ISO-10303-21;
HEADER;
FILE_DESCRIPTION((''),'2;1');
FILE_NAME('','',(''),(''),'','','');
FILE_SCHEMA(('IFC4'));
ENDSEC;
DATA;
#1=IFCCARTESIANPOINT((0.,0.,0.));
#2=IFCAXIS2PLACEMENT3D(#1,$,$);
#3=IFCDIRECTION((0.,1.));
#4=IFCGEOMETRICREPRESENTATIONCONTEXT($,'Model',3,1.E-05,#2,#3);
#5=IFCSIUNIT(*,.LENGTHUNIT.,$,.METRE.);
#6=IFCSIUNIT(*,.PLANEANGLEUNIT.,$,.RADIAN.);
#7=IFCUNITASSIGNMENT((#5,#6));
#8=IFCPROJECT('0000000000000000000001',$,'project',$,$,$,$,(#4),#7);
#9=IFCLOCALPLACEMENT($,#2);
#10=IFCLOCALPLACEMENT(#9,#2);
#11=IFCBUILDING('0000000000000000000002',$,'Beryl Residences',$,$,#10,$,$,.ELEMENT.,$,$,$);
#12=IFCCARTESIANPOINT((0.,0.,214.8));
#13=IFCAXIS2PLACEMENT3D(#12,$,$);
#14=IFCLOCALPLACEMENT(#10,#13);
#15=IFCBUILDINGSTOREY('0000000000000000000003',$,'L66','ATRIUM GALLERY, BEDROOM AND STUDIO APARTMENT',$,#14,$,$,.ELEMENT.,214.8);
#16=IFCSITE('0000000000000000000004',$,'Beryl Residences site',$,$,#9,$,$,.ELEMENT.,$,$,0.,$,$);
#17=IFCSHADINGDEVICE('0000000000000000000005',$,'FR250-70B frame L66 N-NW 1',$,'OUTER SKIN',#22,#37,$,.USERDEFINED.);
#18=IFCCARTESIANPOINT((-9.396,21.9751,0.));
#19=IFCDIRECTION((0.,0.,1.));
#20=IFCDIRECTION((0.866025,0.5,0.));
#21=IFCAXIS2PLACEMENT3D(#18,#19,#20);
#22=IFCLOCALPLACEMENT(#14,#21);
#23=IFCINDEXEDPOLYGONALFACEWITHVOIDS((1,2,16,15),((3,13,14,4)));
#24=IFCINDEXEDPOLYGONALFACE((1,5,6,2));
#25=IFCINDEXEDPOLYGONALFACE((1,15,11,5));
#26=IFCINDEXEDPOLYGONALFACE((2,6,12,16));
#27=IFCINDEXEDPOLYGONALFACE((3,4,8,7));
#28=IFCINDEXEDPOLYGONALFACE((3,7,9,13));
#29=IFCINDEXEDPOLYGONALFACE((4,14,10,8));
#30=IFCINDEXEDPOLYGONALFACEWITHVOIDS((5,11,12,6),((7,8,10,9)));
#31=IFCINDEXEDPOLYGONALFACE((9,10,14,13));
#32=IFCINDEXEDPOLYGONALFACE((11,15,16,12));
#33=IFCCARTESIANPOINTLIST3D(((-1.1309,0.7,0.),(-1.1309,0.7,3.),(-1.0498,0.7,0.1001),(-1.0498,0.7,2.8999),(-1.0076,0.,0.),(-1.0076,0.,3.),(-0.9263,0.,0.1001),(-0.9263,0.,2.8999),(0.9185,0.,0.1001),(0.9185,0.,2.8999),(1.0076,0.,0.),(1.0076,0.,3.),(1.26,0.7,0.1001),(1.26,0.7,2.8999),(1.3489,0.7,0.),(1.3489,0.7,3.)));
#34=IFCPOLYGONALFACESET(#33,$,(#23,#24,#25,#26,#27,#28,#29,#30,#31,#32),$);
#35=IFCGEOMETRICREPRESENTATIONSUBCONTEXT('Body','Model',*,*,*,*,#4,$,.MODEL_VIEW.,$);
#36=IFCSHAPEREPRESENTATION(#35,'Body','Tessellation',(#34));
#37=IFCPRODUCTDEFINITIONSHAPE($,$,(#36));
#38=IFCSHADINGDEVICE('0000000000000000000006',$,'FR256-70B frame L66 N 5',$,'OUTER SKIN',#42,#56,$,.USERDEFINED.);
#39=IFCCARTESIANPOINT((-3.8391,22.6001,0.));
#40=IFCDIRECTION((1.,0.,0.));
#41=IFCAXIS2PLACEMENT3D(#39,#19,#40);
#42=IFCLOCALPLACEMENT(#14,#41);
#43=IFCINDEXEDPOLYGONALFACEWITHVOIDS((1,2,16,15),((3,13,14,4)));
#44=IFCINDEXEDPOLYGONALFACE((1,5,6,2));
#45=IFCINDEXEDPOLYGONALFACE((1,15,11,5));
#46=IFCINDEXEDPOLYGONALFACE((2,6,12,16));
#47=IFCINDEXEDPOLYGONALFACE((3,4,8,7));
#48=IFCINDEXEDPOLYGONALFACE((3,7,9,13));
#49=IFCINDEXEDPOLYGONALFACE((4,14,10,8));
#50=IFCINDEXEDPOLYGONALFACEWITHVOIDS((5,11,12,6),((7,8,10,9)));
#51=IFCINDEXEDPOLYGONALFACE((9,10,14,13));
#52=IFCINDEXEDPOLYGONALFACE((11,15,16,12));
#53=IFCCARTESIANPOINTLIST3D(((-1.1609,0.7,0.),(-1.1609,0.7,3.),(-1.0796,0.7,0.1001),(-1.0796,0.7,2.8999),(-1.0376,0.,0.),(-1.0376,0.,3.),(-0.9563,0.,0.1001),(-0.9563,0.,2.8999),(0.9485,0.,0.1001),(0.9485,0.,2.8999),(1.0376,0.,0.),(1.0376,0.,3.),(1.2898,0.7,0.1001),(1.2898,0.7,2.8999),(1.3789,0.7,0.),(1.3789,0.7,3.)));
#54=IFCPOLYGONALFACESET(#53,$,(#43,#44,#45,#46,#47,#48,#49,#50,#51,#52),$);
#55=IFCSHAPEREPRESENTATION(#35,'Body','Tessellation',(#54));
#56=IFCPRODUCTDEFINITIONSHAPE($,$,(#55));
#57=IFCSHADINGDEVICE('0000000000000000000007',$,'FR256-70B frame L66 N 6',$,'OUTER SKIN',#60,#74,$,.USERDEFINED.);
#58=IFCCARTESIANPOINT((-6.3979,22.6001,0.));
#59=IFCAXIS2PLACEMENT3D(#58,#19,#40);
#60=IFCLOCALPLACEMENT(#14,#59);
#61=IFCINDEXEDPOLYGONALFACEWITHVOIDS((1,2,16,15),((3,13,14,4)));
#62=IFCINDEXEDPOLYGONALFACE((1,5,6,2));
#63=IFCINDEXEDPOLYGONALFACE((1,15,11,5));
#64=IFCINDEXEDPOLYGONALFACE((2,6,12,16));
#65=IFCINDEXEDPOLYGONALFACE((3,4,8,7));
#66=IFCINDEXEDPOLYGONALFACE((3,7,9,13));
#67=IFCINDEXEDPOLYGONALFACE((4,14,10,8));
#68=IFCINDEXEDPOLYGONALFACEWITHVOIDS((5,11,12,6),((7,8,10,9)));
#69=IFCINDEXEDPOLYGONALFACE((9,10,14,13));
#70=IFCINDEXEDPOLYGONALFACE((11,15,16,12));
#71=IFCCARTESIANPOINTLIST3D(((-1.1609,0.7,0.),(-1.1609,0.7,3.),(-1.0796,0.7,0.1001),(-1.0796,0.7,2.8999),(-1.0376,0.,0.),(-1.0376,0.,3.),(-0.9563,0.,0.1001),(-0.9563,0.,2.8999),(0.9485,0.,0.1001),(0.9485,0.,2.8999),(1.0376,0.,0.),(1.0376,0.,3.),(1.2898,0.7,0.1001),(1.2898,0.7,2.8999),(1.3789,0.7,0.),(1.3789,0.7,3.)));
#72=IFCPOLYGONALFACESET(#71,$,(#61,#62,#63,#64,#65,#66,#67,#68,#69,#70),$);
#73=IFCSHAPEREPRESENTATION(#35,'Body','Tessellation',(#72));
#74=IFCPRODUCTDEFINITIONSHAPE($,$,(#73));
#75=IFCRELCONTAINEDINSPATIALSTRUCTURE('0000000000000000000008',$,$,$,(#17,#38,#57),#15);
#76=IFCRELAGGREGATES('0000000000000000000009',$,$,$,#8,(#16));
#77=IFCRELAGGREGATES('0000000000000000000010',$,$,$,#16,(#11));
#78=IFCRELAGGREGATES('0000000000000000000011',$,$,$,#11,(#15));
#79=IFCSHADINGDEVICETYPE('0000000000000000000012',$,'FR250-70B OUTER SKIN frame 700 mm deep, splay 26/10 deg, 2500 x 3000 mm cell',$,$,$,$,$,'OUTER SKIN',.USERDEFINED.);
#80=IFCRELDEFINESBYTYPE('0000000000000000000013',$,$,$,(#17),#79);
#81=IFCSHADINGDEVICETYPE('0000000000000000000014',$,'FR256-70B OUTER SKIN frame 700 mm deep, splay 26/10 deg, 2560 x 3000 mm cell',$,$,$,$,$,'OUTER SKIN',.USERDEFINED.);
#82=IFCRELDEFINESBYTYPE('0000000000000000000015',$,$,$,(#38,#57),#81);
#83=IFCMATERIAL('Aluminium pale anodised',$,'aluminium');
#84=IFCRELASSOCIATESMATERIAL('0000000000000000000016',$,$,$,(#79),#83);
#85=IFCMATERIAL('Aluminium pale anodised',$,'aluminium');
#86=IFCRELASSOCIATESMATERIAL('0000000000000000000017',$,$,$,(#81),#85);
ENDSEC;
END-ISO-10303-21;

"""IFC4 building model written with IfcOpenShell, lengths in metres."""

from ifc_helpers import new_model, entity, si_unit, direction, frame, origin, place, context, subcontext, project, spatial, source, transform, mapped, material, type_object, type_shapes, element, save


model = new_model("IFC4")

# Units and contexts
model_context = context("Model", 3, precision=1e-05, world=origin(), true_north=direction((0.0, 1.0)))
body_context = subcontext(model_context, "Body", "Model", "MODEL_VIEW")
ifc_project = project(units=[si_unit("LENGTHUNIT", "METRE"), si_unit("PLANEANGLEUNIT", "RADIAN")], contexts=[model_context])

# Site, building, storey
site_placement = place(None, origin())
site = spatial("IfcSite", under=ifc_project, at=site_placement, Name="Beryl Residences site", CompositionType="ELEMENT", RefElevation=0.0)
building_placement = place(site_placement, origin())
building = spatial("IfcBuilding", under=site, at=building_placement, Name="Beryl Residences", CompositionType="ELEMENT")
storey_placement = place(building_placement, frame((0.0, 0.0, 214.8)))
storey = spatial("IfcBuildingStorey", under=building, at=storey_placement, Name="L66", Description="ATRIUM GALLERY, BEDROOM AND STUDIO APARTMENT", CompositionType="ELEMENT", Elevation=214.8)

# Shading devices
ifc_material_1 = material(Name="Aluminium pale anodised", Category="aluminium")
shading_device_type_1 = type_object("IfcShadingDeviceType", Name="FR250-70B OUTER SKIN frame 700 mm deep, splay 26/10 deg, 2500 x 3000 mm cell", ElementType="OUTER SKIN", PredefinedType="USERDEFINED", material=ifc_material_1)
cartesian_point_1 = entity("IfcCartesianPoint", [-1.0076, 0.0])
cartesian_point_2 = entity("IfcCartesianPoint", [-0.9185, 0.1001])
cartesian_point_3 = entity("IfcCartesianPoint", [-1.3489, 0.0])
cartesian_point_4 = entity("IfcCartesianPoint", [-1.26, 0.1001])
shared_shape_1 = source(origin(), body_context, "Body", "SweptSolid", [
    entity("IfcExtrudedAreaSolidTapered", entity("IfcArbitraryProfileDefWithVoids", "AREA", None, entity("IfcPolyline", [cartesian_point_1, entity("IfcCartesianPoint", [1.0076, 0.0]), entity("IfcCartesianPoint", [1.0076, 3.0]), entity("IfcCartesianPoint", [-1.0076, 3.0]), cartesian_point_1]), [entity("IfcPolyline", [cartesian_point_2, entity("IfcCartesianPoint", [0.9263, 0.1001]), entity("IfcCartesianPoint", [0.9263, 2.8999]), entity("IfcCartesianPoint", [-0.9185, 2.8999]), cartesian_point_2])]), entity("IfcAxis2Placement3D", entity("IfcCartesianPoint", [0.0, 0.0, 0.0]), entity("IfcDirection", [0.0, 1.0, 0.0]), entity("IfcDirection", [-1.0, 0.0, 0.0])), entity("IfcDirection", [0.0, 0.0, 1.0]), 0.7, entity("IfcArbitraryProfileDefWithVoids", "AREA", None, entity("IfcPolyline", [cartesian_point_3, entity("IfcCartesianPoint", [1.1309, 0.0]), entity("IfcCartesianPoint", [1.1309, 3.0]), entity("IfcCartesianPoint", [-1.3489, 3.0]), cartesian_point_3]), [entity("IfcPolyline", [cartesian_point_4, entity("IfcCartesianPoint", [1.0498, 0.1001]), entity("IfcCartesianPoint", [1.0498, 2.8999]), entity("IfcCartesianPoint", [-1.26, 2.8999]), cartesian_point_4])])),
])
type_shapes(shading_device_type_1, [shared_shape_1])
shading_device_placement = place(storey_placement, frame((-9.396, 21.9751, 0.0), z_axis=(0.0, 0.0, 1.0), x_axis=(0.866025, 0.5, 0.0)))
element("IfcShadingDevice", 1, at=shading_device_placement, inside=storey, type_object=shading_device_type_1, Name="FR250-70B frame L66 N-NW 1", ObjectType="OUTER SKIN", PredefinedType="USERDEFINED", context=body_context, shape_type="MappedRepresentation", body=[
    mapped(shared_shape_1, transform((0.0, 0.0, 0.0))),
])
ifc_material_2 = material(Name="Aluminium pale anodised", Category="aluminium")
shading_device_type_2 = type_object("IfcShadingDeviceType", Name="FR256-70B OUTER SKIN frame 700 mm deep, splay 26/10 deg, 2560 x 3000 mm cell", ElementType="OUTER SKIN", PredefinedType="USERDEFINED", material=ifc_material_2)
cartesian_point_5 = entity("IfcCartesianPoint", [-1.0376, 0.0])
cartesian_point_6 = entity("IfcCartesianPoint", [-0.9485, 0.1001])
cartesian_point_7 = entity("IfcCartesianPoint", [-1.3789, 0.0])
cartesian_point_8 = entity("IfcCartesianPoint", [-1.2898, 0.1001])
shared_shape_2 = source(origin(), body_context, "Body", "SweptSolid", [
    entity("IfcExtrudedAreaSolidTapered", entity("IfcArbitraryProfileDefWithVoids", "AREA", None, entity("IfcPolyline", [cartesian_point_5, entity("IfcCartesianPoint", [1.0376, 0.0]), entity("IfcCartesianPoint", [1.0376, 3.0]), entity("IfcCartesianPoint", [-1.0376, 3.0]), cartesian_point_5]), [entity("IfcPolyline", [cartesian_point_6, entity("IfcCartesianPoint", [0.9563, 0.1001]), entity("IfcCartesianPoint", [0.9563, 2.8999]), entity("IfcCartesianPoint", [-0.9485, 2.8999]), cartesian_point_6])]), entity("IfcAxis2Placement3D", entity("IfcCartesianPoint", [0.0, 0.0, 0.0]), entity("IfcDirection", [0.0, 1.0, 0.0]), entity("IfcDirection", [-1.0, 0.0, 0.0])), entity("IfcDirection", [0.0, 0.0, 1.0]), 0.7, entity("IfcArbitraryProfileDefWithVoids", "AREA", None, entity("IfcPolyline", [cartesian_point_7, entity("IfcCartesianPoint", [1.1609, 0.0]), entity("IfcCartesianPoint", [1.1609, 3.0]), entity("IfcCartesianPoint", [-1.3789, 3.0]), cartesian_point_7]), [entity("IfcPolyline", [cartesian_point_8, entity("IfcCartesianPoint", [1.0796, 0.1001]), entity("IfcCartesianPoint", [1.0796, 2.8999]), entity("IfcCartesianPoint", [-1.2898, 2.8999]), cartesian_point_8])])),
])
type_shapes(shading_device_type_2, [shared_shape_2])
for number, where, z_axis, x_axis, name in (
    (2, (-3.8391, 22.6001, 0.0), (0.0, 0.0, 1.0), (1.0, 0.0, 0.0), "FR256-70B frame L66 N 5"),
    (3, (-6.3979, 22.6001, 0.0), (0.0, 0.0, 1.0), (1.0, 0.0, 0.0), "FR256-70B frame L66 N 6"),
):
    element("IfcShadingDevice", number, at=place(storey_placement, frame(where, z_axis=z_axis, x_axis=x_axis)), inside=storey, type_object=shading_device_type_2, Name=name, ObjectType="OUTER SKIN", PredefinedType="USERDEFINED", context=body_context, shape_type="MappedRepresentation", body=[
        mapped(shared_shape_2, transform((0.0, 0.0, 0.0))),
    ])

save(model, "model.ifc")
